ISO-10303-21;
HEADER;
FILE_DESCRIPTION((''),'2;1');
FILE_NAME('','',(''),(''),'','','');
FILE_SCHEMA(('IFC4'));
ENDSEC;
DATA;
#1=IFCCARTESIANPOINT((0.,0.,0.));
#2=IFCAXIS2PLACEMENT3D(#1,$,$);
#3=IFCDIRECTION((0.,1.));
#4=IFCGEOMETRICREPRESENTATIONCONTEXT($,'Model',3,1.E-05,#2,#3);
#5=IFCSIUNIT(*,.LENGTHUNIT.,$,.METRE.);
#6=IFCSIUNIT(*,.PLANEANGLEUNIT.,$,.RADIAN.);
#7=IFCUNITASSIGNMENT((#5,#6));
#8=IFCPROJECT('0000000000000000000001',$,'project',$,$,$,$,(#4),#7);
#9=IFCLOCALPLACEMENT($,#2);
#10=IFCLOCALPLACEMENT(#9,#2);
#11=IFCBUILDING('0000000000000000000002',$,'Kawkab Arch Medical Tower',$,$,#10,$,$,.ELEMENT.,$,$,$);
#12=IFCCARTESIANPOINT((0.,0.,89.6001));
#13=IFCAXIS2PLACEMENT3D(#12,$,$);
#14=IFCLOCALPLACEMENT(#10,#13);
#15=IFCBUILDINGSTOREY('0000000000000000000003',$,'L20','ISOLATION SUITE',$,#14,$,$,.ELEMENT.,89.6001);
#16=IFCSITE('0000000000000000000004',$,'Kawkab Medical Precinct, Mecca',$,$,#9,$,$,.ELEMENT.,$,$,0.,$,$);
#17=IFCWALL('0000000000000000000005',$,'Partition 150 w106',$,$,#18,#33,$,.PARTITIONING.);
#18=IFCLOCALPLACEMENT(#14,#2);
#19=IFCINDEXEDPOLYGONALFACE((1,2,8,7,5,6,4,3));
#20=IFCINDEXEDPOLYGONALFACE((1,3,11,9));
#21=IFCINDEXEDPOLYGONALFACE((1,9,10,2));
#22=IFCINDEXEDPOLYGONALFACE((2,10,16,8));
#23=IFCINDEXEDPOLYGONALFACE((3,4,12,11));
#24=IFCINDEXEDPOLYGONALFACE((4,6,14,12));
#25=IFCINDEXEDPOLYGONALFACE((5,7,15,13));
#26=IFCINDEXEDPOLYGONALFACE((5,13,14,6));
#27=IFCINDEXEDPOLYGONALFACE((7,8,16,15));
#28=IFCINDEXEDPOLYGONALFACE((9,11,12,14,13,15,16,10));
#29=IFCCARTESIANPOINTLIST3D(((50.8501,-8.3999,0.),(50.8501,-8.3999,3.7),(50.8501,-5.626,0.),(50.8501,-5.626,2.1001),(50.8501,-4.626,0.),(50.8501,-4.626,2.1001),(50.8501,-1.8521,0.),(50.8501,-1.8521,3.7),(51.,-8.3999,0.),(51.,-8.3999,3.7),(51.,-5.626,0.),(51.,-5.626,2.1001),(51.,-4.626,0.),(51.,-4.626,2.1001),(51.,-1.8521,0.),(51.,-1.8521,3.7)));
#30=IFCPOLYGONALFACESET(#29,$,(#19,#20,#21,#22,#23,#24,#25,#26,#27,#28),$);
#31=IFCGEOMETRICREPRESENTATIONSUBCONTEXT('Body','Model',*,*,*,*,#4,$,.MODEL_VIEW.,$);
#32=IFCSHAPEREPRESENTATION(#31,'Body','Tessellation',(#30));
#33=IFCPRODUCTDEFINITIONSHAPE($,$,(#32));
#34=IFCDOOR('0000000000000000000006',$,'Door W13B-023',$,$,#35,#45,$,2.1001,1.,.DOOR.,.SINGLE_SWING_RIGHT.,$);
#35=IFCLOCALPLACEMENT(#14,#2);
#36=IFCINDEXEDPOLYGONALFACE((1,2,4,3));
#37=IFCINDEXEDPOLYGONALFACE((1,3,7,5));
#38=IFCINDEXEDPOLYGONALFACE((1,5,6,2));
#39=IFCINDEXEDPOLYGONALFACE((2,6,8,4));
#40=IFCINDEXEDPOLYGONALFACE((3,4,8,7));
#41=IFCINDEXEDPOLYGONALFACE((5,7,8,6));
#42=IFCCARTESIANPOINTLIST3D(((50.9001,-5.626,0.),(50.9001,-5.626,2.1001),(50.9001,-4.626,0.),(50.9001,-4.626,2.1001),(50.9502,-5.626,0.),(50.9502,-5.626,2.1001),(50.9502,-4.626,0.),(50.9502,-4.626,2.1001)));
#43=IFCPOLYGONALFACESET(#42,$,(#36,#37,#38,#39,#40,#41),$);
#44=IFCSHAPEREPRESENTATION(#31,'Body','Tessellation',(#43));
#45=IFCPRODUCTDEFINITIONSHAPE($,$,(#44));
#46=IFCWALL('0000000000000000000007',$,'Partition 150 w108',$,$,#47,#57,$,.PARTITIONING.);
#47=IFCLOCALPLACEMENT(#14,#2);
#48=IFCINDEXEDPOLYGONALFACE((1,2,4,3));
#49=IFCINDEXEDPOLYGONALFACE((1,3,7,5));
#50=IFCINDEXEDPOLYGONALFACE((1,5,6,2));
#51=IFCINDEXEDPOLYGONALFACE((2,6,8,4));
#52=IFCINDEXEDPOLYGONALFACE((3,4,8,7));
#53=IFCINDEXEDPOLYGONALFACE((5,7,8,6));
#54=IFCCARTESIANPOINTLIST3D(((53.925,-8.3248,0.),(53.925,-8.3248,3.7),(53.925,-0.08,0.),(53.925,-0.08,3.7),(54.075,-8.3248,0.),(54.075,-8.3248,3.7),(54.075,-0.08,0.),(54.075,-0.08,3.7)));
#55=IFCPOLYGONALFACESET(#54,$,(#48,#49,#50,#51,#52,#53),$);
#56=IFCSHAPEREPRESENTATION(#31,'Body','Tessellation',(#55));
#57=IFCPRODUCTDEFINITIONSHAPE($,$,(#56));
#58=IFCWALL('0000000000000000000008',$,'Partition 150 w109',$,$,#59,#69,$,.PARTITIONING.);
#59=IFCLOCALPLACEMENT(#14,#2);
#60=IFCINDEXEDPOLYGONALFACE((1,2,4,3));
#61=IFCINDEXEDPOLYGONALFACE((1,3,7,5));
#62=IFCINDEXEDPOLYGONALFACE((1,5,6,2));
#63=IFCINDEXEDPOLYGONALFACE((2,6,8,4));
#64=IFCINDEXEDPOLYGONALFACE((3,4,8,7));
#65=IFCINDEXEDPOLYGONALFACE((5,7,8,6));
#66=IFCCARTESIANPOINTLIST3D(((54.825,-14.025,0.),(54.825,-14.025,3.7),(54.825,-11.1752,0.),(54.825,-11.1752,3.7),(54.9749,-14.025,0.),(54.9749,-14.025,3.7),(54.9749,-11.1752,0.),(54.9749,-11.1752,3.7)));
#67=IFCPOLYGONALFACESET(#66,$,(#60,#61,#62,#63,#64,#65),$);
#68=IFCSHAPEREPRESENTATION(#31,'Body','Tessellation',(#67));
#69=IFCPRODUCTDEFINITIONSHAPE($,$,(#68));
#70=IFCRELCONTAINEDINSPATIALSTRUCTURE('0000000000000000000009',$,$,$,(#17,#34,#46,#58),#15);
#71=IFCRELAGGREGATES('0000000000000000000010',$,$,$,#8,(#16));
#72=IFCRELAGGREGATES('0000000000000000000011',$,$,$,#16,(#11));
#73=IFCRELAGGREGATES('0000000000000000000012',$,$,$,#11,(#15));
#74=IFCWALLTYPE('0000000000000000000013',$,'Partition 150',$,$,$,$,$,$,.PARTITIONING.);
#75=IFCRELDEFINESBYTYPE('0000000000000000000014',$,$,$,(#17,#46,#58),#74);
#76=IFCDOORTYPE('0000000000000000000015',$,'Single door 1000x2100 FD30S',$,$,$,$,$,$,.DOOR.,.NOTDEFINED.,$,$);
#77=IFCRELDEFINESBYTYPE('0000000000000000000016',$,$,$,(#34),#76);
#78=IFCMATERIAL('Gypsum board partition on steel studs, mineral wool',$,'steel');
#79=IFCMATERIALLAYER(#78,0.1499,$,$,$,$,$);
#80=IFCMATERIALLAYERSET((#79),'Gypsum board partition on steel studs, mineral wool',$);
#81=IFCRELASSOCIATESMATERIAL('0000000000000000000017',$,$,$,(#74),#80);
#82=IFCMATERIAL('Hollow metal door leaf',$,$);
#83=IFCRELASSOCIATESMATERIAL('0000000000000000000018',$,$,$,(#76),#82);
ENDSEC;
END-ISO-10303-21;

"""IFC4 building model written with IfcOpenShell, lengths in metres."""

from ifc_helpers import new_model, si_unit, direction, frame, frame_2d, origin, place, context, subcontext, project, spatial, rectangle, extrude, material, layer, layer_set, type_object, element, fill, save


model = new_model("IFC4")

# Units and contexts
model_context = context("Model", 3, precision=1e-05, world=origin(), true_north=direction((0.0, 1.0)))
body_context = subcontext(model_context, "Body", "Model", "MODEL_VIEW")
ifc_project = project(units=[si_unit("LENGTHUNIT", "METRE"), si_unit("PLANEANGLEUNIT", "RADIAN")], contexts=[model_context])

# Site, building, storey
site_placement = place(None, origin())
site = spatial("IfcSite", under=ifc_project, at=site_placement, Name="Kawkab Medical Precinct, Mecca", CompositionType="ELEMENT", RefElevation=0.0)
building_placement = place(site_placement, origin())
building = spatial("IfcBuilding", under=site, at=building_placement, Name="Kawkab Arch Medical Tower", CompositionType="ELEMENT")
storey_placement = place(building_placement, frame((0.0, 0.0, 89.6001)))
storey = spatial("IfcBuildingStorey", under=building, at=storey_placement, Name="L20", Description="ISOLATION SUITE", CompositionType="ELEMENT", Elevation=89.6001)

# Shared definitions
ifc_material_1 = material(Name="Gypsum board partition on steel studs, mineral wool", Category="steel")
ifc_layer_1 = layer(ifc_material_1, 0.1499)
ifc_layer_set_1 = layer_set([ifc_layer_1], Name="Gypsum board partition on steel studs, mineral wool")
wall_type_1 = type_object("IfcWallType", Name="Partition 150", PredefinedType="PARTITIONING", material=ifc_layer_set_1)

# Wall, opening, door
wall_1_placement = place(storey_placement, frame((50.925, -8.3999, 0.0), z_axis=(0.0, 0.0, 1.0), x_axis=(0.0, 1.0, 0.0)))
wall_1 = element("IfcWall", 1, at=wall_1_placement, inside=storey, type_object=wall_type_1, Name="Partition 150 w106", PredefinedType="PARTITIONING", context=body_context, shape_type="SweptSolid", body=[
    extrude(rectangle(XDim=6.5479, YDim=0.1499, at=frame_2d((3.2739, 0.0))), origin(), (0.0, 0.0, 1.0), 3.7),
])
opening_1_placement = place(wall_1_placement, frame((2.7739, 0.0, 0.0)))
opening_1 = element("IfcOpeningElement", 2, at=opening_1_placement, cuts=wall_1, PredefinedType="OPENING", context=body_context, shape_type="SweptSolid", body=[
    extrude(rectangle(XDim=1.0, YDim=2.1001, at=frame_2d((0.5, 1.05))), frame((0.0, 0.085, 0.0), z_axis=(0.0, -1.0, 0.0), x_axis=(1.0, 0.0, 0.0)), (0.0, 0.0, 1.0), 0.1699),
])
ifc_material_2 = material(Name="Hollow metal door leaf")
door_type_1 = type_object("IfcDoorType", Name="Single door 1000x2100 FD30S", OperationType="NOTDEFINED", PredefinedType="DOOR", material=ifc_material_2)
door_1_placement = place(opening_1_placement, origin())
door_1 = element("IfcDoor", 3, at=door_1_placement, inside=storey, type_object=door_type_1, Name="Door W13B-023", OperationType="SINGLE_SWING_RIGHT", OverallHeight=2.1001, OverallWidth=1.0, PredefinedType="DOOR", context=body_context, shape_type="SweptSolid", body=[
    extrude(rectangle(XDim=1.0, YDim=2.1001, at=frame_2d((0.5, 1.05))), frame((0.0, 0.0249, 0.0), z_axis=(0.0, -1.0, 0.0), x_axis=(1.0, 0.0, 0.0)), (0.0, 0.0, 1.0), 0.05),
])
fill(opening_1, door_1)

# Walls
wall_2_placement = place(storey_placement, frame((54.0, -8.325, 0.0), z_axis=(0.0, 0.0, 1.0), x_axis=(0.0, 1.0, 0.0)))
element("IfcWall", 4, at=wall_2_placement, inside=storey, type_object=wall_type_1, Name="Partition 150 w108", PredefinedType="PARTITIONING", context=body_context, shape_type="SweptSolid", body=[
    extrude(rectangle(XDim=8.2449, YDim=0.1499, at=frame_2d((4.1226, 0.0))), origin(), (0.0, 0.0, 1.0), 3.7),
])
wall_3_placement = place(storey_placement, frame((54.8999, -14.0249, 0.0), z_axis=(0.0, 0.0, 1.0), x_axis=(0.0, 1.0, 0.0)))
element("IfcWall", 5, at=wall_3_placement, inside=storey, type_object=wall_type_1, Name="Partition 150 w109", PredefinedType="PARTITIONING", context=body_context, shape_type="SweptSolid", body=[
    extrude(rectangle(XDim=2.8499, YDim=0.1499, at=frame_2d((1.4248, 0.0))), origin(), (0.0, 0.0, 1.0), 3.7),
])

save(model, "model.ifc")
